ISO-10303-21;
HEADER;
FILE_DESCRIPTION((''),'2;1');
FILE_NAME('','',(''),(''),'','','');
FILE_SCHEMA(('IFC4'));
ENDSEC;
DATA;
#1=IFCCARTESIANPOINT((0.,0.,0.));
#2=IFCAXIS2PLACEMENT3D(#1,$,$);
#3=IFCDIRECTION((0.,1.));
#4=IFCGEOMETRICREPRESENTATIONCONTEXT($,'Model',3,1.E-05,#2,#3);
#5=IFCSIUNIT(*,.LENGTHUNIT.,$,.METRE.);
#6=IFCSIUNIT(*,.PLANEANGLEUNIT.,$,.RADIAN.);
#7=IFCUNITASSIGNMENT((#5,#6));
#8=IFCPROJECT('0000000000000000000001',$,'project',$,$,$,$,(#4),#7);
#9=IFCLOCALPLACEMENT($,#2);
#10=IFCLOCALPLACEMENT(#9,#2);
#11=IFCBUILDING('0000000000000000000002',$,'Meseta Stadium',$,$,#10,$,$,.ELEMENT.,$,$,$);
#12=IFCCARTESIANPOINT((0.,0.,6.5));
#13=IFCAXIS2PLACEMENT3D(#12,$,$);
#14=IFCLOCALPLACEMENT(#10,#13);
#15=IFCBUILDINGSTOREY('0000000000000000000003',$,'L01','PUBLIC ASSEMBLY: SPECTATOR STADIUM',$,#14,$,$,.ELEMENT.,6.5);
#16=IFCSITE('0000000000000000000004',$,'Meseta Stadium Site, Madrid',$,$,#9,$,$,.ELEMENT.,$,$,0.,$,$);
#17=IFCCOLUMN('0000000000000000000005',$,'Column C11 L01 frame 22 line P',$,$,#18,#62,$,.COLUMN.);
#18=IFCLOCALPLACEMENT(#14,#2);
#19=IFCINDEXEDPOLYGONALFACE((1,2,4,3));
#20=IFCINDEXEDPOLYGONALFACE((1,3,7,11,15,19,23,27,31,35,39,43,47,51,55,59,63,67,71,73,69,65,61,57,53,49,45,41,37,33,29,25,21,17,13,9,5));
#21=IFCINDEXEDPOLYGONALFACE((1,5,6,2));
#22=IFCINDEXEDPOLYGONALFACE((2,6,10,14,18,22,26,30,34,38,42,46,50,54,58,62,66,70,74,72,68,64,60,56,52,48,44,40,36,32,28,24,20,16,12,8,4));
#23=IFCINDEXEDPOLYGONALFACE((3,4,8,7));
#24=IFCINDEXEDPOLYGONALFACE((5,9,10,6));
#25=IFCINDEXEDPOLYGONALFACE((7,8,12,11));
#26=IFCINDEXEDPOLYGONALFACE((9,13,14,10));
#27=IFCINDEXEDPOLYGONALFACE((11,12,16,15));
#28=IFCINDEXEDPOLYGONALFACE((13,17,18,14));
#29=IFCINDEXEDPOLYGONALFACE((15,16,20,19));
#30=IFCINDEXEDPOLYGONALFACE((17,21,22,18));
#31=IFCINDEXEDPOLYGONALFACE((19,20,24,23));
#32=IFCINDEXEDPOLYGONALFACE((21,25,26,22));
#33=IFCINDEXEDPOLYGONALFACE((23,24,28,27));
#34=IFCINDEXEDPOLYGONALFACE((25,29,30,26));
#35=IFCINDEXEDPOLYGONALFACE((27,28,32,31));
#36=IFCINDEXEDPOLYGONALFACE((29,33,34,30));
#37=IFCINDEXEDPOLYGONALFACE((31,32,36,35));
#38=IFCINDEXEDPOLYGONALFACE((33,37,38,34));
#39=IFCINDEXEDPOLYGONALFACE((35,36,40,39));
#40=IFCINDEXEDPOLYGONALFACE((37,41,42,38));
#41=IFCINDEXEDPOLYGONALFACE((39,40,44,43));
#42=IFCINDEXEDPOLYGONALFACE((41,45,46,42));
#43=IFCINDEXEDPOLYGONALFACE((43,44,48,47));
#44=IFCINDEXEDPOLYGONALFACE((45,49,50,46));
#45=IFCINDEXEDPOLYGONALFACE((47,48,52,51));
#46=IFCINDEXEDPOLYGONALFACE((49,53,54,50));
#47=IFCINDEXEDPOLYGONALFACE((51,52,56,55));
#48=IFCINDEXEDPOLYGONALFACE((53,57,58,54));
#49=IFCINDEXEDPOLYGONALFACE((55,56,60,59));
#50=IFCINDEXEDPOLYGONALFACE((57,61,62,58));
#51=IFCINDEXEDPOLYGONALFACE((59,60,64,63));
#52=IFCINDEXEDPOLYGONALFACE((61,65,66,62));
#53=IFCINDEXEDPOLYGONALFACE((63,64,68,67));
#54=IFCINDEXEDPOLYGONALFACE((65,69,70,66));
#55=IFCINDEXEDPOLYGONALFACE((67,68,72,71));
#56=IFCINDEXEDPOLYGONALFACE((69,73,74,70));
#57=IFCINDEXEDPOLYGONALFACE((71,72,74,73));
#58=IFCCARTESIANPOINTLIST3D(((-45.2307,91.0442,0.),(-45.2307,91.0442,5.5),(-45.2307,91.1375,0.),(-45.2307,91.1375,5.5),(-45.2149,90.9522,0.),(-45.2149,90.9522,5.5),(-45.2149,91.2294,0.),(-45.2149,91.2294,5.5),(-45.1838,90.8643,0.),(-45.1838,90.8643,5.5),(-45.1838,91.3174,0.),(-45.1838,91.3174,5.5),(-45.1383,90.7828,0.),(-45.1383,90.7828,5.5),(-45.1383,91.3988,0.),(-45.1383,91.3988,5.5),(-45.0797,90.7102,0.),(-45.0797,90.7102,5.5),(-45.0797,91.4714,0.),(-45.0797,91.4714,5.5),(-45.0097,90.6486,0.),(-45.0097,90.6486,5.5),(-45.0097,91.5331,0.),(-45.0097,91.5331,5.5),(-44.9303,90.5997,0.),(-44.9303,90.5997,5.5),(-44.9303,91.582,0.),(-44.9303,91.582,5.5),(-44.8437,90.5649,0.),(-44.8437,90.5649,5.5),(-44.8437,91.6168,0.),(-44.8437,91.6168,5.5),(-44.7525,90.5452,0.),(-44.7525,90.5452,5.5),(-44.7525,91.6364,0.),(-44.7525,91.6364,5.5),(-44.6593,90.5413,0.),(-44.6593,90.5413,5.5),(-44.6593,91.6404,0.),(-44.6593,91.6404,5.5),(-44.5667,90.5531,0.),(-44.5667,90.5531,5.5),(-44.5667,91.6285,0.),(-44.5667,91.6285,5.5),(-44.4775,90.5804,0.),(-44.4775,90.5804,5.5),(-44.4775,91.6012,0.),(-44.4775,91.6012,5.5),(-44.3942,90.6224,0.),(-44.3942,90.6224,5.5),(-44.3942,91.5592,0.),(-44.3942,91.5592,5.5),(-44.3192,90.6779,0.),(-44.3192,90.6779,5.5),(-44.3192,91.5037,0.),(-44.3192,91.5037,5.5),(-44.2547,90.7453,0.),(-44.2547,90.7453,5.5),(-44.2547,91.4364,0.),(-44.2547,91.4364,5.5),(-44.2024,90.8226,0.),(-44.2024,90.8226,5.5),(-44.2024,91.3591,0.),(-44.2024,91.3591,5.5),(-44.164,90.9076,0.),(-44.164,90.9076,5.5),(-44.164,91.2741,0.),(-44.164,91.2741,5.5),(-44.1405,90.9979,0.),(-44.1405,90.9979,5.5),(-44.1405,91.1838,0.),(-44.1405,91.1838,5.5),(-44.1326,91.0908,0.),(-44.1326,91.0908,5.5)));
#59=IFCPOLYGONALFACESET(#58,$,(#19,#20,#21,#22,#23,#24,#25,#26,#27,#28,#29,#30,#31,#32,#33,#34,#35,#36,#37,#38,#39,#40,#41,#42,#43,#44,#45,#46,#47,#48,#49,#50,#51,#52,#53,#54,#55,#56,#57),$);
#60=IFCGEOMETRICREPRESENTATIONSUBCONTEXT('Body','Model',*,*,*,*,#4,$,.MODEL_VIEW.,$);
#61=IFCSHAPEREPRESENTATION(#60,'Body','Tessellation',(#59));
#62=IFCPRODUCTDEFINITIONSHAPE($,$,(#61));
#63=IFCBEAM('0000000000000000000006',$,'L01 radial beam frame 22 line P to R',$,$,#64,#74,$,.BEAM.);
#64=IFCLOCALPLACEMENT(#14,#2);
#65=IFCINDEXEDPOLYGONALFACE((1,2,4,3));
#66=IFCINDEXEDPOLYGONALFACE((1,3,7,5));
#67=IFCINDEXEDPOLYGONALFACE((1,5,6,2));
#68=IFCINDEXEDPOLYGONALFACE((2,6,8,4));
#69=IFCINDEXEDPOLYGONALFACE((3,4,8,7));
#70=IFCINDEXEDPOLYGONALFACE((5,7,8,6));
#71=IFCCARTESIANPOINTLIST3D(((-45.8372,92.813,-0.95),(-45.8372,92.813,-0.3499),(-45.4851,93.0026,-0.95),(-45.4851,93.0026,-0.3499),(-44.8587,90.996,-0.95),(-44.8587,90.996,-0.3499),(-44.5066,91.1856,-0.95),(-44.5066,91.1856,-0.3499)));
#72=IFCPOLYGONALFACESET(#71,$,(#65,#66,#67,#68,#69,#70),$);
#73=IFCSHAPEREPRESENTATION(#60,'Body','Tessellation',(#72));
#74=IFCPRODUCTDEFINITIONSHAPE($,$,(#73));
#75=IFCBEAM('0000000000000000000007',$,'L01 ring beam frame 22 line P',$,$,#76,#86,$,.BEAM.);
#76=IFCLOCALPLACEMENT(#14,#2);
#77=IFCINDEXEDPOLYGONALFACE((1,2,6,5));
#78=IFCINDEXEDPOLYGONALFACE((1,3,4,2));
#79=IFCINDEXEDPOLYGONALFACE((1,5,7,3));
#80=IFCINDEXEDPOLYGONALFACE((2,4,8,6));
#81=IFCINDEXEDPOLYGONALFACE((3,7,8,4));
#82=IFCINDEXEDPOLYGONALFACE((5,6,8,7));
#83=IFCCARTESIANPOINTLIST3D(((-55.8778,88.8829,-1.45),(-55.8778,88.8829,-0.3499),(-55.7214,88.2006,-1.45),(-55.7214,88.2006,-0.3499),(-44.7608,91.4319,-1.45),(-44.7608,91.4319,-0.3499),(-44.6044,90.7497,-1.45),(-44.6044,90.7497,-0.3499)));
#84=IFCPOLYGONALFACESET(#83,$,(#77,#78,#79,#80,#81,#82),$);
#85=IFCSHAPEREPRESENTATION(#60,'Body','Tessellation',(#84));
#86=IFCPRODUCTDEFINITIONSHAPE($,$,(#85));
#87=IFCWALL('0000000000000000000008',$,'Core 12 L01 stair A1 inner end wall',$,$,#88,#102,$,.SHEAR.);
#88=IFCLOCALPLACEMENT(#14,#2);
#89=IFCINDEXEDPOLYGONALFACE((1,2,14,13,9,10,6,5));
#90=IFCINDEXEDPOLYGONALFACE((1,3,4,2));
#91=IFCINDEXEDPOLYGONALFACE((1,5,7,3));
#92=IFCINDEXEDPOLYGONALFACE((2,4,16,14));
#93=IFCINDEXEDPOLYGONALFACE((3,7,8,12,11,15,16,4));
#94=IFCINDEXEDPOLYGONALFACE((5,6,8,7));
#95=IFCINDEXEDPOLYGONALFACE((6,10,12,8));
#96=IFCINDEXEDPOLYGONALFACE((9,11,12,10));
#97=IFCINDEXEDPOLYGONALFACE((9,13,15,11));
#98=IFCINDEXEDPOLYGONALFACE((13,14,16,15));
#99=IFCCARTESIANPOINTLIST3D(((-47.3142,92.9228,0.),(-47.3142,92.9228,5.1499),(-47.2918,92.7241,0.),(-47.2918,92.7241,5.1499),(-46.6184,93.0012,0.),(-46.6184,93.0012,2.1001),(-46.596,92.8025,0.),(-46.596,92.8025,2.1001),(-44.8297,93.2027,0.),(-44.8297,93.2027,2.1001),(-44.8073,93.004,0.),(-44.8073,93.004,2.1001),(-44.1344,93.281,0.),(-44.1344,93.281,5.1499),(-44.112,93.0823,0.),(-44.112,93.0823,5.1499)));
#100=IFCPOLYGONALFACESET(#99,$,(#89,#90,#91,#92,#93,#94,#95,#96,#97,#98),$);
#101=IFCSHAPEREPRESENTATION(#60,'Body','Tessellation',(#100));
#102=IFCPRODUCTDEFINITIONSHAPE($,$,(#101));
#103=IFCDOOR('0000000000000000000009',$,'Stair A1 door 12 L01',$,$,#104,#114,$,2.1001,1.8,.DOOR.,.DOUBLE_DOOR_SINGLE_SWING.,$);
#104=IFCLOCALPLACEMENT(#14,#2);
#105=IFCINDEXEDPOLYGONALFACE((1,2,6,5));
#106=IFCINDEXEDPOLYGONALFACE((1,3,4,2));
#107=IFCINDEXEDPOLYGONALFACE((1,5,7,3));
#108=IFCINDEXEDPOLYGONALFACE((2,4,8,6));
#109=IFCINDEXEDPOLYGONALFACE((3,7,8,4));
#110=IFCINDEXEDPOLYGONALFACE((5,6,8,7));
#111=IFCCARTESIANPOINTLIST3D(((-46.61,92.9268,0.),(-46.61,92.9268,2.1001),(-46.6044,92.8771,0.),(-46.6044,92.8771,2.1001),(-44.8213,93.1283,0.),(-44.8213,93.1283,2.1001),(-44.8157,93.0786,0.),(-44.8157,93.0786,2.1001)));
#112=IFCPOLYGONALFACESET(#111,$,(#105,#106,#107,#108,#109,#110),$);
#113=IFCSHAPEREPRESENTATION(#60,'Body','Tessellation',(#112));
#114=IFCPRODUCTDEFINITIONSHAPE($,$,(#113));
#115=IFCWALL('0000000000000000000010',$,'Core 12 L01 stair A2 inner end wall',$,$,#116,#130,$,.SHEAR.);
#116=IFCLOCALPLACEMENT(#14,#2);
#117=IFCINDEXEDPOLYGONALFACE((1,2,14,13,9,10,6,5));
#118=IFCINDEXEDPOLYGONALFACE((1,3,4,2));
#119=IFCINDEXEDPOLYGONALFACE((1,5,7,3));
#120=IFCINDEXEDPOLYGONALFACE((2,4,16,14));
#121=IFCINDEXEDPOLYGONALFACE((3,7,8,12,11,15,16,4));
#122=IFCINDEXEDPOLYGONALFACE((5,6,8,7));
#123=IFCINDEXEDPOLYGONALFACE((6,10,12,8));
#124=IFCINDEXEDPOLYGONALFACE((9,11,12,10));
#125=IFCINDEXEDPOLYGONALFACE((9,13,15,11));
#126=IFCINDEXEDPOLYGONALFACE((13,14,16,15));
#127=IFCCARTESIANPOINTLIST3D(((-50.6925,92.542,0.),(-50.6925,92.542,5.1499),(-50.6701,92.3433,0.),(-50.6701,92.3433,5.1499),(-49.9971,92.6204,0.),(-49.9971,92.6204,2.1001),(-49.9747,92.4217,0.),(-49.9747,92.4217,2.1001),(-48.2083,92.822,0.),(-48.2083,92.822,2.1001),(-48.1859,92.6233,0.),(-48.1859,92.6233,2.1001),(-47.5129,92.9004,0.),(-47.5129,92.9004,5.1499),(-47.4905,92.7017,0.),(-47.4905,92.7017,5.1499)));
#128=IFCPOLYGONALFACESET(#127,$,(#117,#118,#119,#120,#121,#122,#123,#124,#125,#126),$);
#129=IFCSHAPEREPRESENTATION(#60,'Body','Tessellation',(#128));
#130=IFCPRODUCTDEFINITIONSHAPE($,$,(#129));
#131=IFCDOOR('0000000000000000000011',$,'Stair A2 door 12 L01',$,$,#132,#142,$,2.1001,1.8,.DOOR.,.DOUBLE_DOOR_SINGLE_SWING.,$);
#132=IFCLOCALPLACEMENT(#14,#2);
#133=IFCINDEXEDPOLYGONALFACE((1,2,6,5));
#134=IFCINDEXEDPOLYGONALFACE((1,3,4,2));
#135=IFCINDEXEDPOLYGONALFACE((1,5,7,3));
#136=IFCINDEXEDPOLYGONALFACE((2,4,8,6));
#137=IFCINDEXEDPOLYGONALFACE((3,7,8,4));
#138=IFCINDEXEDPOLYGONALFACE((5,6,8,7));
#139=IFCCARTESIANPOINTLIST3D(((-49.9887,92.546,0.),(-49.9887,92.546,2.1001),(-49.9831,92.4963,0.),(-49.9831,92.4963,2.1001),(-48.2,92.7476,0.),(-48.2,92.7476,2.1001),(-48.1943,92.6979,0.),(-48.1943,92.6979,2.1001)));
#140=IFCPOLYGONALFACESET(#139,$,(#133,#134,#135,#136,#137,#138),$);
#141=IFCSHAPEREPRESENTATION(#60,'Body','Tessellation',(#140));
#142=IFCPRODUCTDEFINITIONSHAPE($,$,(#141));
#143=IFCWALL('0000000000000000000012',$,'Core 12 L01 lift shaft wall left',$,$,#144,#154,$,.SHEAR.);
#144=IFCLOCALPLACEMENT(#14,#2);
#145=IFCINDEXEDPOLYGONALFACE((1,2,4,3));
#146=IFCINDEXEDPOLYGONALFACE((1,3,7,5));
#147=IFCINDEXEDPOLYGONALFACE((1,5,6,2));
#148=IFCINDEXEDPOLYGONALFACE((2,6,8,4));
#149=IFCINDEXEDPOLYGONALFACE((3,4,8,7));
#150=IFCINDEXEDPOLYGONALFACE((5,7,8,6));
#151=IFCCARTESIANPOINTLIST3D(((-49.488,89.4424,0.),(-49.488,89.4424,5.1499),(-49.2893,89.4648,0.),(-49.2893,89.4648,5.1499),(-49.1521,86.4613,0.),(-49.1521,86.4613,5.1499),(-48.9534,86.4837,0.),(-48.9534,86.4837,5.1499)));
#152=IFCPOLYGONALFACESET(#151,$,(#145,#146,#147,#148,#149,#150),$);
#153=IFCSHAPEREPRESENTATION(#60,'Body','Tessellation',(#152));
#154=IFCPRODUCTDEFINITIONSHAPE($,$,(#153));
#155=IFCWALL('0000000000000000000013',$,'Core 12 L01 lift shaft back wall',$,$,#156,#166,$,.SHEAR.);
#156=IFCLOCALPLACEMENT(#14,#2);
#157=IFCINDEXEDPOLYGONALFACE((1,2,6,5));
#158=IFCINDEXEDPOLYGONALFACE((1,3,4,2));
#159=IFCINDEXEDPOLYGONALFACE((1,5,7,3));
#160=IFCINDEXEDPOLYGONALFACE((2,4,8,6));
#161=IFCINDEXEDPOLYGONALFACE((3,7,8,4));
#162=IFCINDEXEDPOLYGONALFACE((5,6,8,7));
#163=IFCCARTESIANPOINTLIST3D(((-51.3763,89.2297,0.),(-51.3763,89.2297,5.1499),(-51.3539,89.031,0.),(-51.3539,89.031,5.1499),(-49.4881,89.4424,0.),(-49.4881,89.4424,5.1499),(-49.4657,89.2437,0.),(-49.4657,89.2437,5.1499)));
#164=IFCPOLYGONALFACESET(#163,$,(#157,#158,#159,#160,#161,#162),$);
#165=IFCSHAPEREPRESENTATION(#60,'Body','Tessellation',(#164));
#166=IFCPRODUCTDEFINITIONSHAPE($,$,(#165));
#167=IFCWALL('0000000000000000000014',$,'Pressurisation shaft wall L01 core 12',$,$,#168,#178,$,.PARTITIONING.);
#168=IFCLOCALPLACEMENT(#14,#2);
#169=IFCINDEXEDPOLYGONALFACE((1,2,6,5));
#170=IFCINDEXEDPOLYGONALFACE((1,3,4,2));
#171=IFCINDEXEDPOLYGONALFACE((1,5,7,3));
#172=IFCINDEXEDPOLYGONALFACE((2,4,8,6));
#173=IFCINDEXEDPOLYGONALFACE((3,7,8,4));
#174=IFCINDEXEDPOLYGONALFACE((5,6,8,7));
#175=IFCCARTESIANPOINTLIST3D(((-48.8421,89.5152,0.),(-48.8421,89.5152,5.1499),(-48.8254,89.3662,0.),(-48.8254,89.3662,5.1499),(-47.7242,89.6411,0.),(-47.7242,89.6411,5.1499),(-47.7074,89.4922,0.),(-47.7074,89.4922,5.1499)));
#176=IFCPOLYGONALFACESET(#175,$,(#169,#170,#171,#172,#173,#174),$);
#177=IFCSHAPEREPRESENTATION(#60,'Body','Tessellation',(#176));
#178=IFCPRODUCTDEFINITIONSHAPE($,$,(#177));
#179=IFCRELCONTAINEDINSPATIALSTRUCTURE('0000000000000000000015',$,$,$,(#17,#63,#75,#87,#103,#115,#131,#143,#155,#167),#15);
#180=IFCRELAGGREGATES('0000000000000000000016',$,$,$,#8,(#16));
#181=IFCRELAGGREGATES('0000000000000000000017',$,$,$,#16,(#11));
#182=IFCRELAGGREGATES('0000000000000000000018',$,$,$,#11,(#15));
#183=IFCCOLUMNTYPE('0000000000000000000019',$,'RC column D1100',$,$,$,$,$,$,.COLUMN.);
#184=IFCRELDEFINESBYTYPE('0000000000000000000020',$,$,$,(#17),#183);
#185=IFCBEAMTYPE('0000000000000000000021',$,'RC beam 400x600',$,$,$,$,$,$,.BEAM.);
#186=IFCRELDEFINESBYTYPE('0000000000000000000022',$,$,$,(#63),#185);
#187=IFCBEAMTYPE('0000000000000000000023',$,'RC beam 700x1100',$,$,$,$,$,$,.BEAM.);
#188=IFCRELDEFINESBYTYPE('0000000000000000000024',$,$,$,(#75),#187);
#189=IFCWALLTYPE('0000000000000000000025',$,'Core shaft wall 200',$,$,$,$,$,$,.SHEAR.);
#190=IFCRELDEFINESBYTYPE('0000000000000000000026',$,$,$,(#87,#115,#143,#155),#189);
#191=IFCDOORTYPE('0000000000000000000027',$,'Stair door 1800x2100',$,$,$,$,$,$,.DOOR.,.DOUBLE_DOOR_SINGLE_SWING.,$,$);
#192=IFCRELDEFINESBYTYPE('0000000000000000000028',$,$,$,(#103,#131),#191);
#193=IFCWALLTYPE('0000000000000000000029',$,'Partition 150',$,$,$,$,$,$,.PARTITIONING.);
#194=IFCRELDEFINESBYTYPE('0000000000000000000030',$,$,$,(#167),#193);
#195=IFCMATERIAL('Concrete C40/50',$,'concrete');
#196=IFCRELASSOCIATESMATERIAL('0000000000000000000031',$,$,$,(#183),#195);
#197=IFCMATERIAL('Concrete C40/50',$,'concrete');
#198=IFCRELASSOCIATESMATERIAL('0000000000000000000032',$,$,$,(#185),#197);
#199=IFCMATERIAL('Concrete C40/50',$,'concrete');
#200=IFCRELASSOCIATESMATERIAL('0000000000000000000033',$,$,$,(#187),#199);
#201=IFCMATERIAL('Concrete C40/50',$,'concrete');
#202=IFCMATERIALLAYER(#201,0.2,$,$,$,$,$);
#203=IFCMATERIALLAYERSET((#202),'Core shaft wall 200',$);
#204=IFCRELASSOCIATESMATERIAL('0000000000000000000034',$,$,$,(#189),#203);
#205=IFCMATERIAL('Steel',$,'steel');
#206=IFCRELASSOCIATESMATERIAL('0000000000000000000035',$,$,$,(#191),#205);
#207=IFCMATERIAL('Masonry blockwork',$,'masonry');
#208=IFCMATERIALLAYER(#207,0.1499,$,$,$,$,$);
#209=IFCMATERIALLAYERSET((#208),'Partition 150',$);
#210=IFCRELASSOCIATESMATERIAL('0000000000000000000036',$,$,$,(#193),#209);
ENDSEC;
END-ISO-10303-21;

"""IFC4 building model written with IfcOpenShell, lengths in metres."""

from ifc_helpers import new_model, si_unit, direction, frame, frame_2d, origin, origin_2d, place, context, subcontext, project, spatial, rectangle, circle, extrude, material, layer, layer_set, material_profile, profile_set, type_object, element, fill, save


model = new_model("IFC4")

# Units and contexts
model_context = context("Model", 3, precision=1e-05, world=origin(), true_north=direction((0.0, 1.0)))
body_context = subcontext(model_context, "Body", "Model", "MODEL_VIEW")
ifc_project = project(units=[si_unit("LENGTHUNIT", "METRE"), si_unit("PLANEANGLEUNIT", "RADIAN")], contexts=[model_context])

# Site, building, storey
site_placement = place(None, origin())
site = spatial("IfcSite", under=ifc_project, at=site_placement, Name="Meseta Stadium Site, Madrid", CompositionType="ELEMENT", RefElevation=0.0)
building_placement = place(site_placement, origin())
building = spatial("IfcBuilding", under=site, at=building_placement, Name="Meseta Stadium", CompositionType="ELEMENT")
storey_placement = place(building_placement, frame((0.0, 0.0, 6.5)))
storey = spatial("IfcBuildingStorey", under=building, at=storey_placement, Name="L01", Description="PUBLIC ASSEMBLY: SPECTATOR STADIUM", CompositionType="ELEMENT", Elevation=6.5)

# Column
ifc_material_1 = material(Name="Concrete C40/50", Category="concrete")
ifc_material_profile_1 = material_profile(ifc_material_1, circle(Radius=0.55, at=origin_2d()), Name="RC D1100")
ifc_profile_set_1 = profile_set([ifc_material_profile_1], Name="Concrete C40/50")
column_type = type_object("IfcColumnType", Name="RC column D1100", PredefinedType="COLUMN", material=ifc_profile_set_1)
column_placement = place(storey_placement, frame((-44.6826, 91.0908, 0.0), z_axis=(0.0, 0.0, 1.0), x_axis=(1.0, 0.0, 0.0)))
element("IfcColumn", 1, at=column_placement, inside=storey, type_object=column_type, Name="Column C11 L01 frame 22 line P", PredefinedType="COLUMN", context=body_context, shape_type="SweptSolid", body=[
    extrude(circle(Radius=0.55, at=origin_2d()), origin(), (0.0, 0.0, 1.0), 5.5),
])

# Beams
ifc_material_2 = material(Name="Concrete C40/50", Category="concrete")
ifc_material_profile_2 = material_profile(ifc_material_2, rectangle(XDim=0.3999, YDim=0.6001, at=origin_2d()), Name="RC 400x600")
ifc_profile_set_2 = profile_set([ifc_material_profile_2], Name="Concrete C40/50")
beam_type_1 = type_object("IfcBeamType", Name="RC beam 400x600", PredefinedType="BEAM", material=ifc_profile_set_2)
beam_1_placement = place(storey_placement, frame((-44.6826, 91.0908, -0.6499), z_axis=(-0.47417, 0.880433, 0.0), x_axis=(-0.880433, -0.47417, 0.0)))
element("IfcBeam", 2, at=beam_1_placement, inside=storey, type_object=beam_type_1, Name="L01 radial beam frame 22 line P to R", PredefinedType="BEAM", context=body_context, shape_type="SweptSolid", body=[
    extrude(rectangle(XDim=0.3999, YDim=0.6001, at=origin_2d()), origin(), (0.0, 0.0, 1.0), 2.0637),
])
ifc_material_3 = material(Name="Concrete C40/50", Category="concrete")
ifc_material_profile_3 = material_profile(ifc_material_3, rectangle(XDim=0.7, YDim=1.1001, at=origin_2d()), Name="RC 700x1100")
ifc_profile_set_3 = profile_set([ifc_material_profile_3], Name="Concrete C40/50")
beam_type_2 = type_object("IfcBeamType", Name="RC beam 700x1100", PredefinedType="BEAM", material=ifc_profile_set_3)
beam_2_placement = place(storey_placement, frame((-44.6826, 91.0908, -0.8999), z_axis=(-0.974705, -0.223496, 0.0), x_axis=(0.223496, -0.974705, 0.0)))
element("IfcBeam", 3, at=beam_2_placement, inside=storey, type_object=beam_type_2, Name="L01 ring beam frame 22 line P", PredefinedType="BEAM", context=body_context, shape_type="SweptSolid", body=[
    extrude(rectangle(XDim=0.7, YDim=1.1001, at=origin_2d()), origin(), (0.0, 0.0, 1.0), 11.4055),
])

# Walls, openings, doors
ifc_material_4 = material(Name="Concrete C40/50", Category="concrete")
ifc_layer_1 = layer(ifc_material_4, 0.2)
ifc_layer_set_1 = layer_set([ifc_layer_1], Name="Core shaft wall 200")
wall_type_1 = type_object("IfcWallType", Name="Core shaft wall 200", PredefinedType="SHEAR", material=ifc_layer_set_1)
wall_1_placement = place(storey_placement, frame((-44.123, 93.1816, 0.0), z_axis=(0.0, 0.0, 1.0), x_axis=(-0.993717, -0.111922, 0.0)))
wall_1 = element("IfcWall", 4, at=wall_1_placement, inside=storey, type_object=wall_type_1, Name="Core 12 L01 stair A1 inner end wall", PredefinedType="SHEAR", context=body_context, shape_type="SweptSolid", body=[
    extrude(rectangle(XDim=3.2, YDim=0.2, at=frame_2d((1.6001, 0.0))), origin(), (0.0, 0.0, 1.0), 5.1499),
])
opening_1_placement = place(wall_1_placement, frame((0.7, 0.0, 0.0)))
opening_1 = element("IfcOpeningElement", 5, at=opening_1_placement, cuts=wall_1, PredefinedType="OPENING", context=body_context, shape_type="SweptSolid", body=[
    extrude(rectangle(XDim=1.8, YDim=2.1001, at=frame_2d((0.8999, 1.05))), frame((0.0, 0.1099, 0.0), z_axis=(0.0, -1.0, 0.0), x_axis=(1.0, 0.0, 0.0)), (0.0, 0.0, 1.0), 0.22),
])
ifc_material_5 = material(Name="Steel", Category="steel")
door_type_1 = type_object("IfcDoorType", Name="Stair door 1800x2100", OperationType="DOUBLE_DOOR_SINGLE_SWING", PredefinedType="DOOR", material=ifc_material_5)
door_1_placement = place(opening_1_placement, origin())
door_1 = element("IfcDoor", 6, at=door_1_placement, inside=storey, type_object=door_type_1, Name="Stair A1 door 12 L01", OperationType="DOUBLE_DOOR_SINGLE_SWING", OverallHeight=2.1001, OverallWidth=1.8, PredefinedType="DOOR", context=body_context, shape_type="SweptSolid", body=[
    extrude(rectangle(XDim=1.8, YDim=2.1001, at=frame_2d((0.8999, 1.05))), frame((0.0, 0.0249, 0.0), z_axis=(0.0, -1.0, 0.0), x_axis=(1.0, 0.0, 0.0)), (0.0, 0.0, 1.0), 0.05),
])
fill(opening_1, door_1)
wall_2_placement = place(storey_placement, frame((-47.5017, 92.801, 0.0), z_axis=(0.0, 0.0, 1.0), x_axis=(-0.993708, -0.112006, 0.0)))
wall_2 = element("IfcWall", 7, at=wall_2_placement, inside=storey, type_object=wall_type_1, Name="Core 12 L01 stair A2 inner end wall", PredefinedType="SHEAR", context=body_context, shape_type="SweptSolid", body=[
    extrude(rectangle(XDim=3.1997, YDim=0.2, at=frame_2d((1.5999, 0.0))), origin(), (0.0, 0.0, 1.0), 5.1499),
])
opening_2_placement = place(wall_2_placement, frame((0.7, 0.0, 0.0)))
opening_2 = element("IfcOpeningElement", 8, at=opening_2_placement, cuts=wall_2, PredefinedType="OPENING", context=body_context, shape_type="SweptSolid", body=[
    extrude(rectangle(XDim=1.8, YDim=2.1001, at=frame_2d((0.8999, 1.05))), frame((0.0, 0.1099, 0.0), z_axis=(0.0, -1.0, 0.0), x_axis=(1.0, 0.0, 0.0)), (0.0, 0.0, 1.0), 0.22),
])
door_2_placement = place(opening_2_placement, origin())
door_2 = element("IfcDoor", 9, at=door_2_placement, inside=storey, type_object=door_type_1, Name="Stair A2 door 12 L01", OperationType="DOUBLE_DOOR_SINGLE_SWING", OverallHeight=2.1001, OverallWidth=1.8, PredefinedType="DOOR", context=body_context, shape_type="SweptSolid", body=[
    extrude(rectangle(XDim=1.8, YDim=2.1001, at=frame_2d((0.8999, 1.05))), frame((0.0, 0.0249, 0.0), z_axis=(0.0, -1.0, 0.0), x_axis=(1.0, 0.0, 0.0)), (0.0, 0.0, 1.0), 0.05),
])
fill(opening_2, door_2)

# Walls
wall_3_placement = place(storey_placement, frame((-49.3887, 89.4536, 0.0), z_axis=(0.0, 0.0, 1.0), x_axis=(0.111977, -0.993711, 0.0)))
element("IfcWall", 10, at=wall_3_placement, inside=storey, type_object=wall_type_1, Name="Core 12 L01 lift shaft wall left", PredefinedType="SHEAR", context=body_context, shape_type="SweptSolid", body=[
    extrude(rectangle(XDim=3.0, YDim=0.2, at=frame_2d((1.5, 0.0))), origin(), (0.0, 0.0, 1.0), 5.1499),
])
wall_4_placement = place(storey_placement, frame((-49.4768, 89.343, 0.0), z_axis=(0.0, 0.0, 1.0), x_axis=(-0.993718, -0.111912, 0.0)))
element("IfcWall", 11, at=wall_4_placement, inside=storey, type_object=wall_type_1, Name="Core 12 L01 lift shaft back wall", PredefinedType="SHEAR", context=body_context, shape_type="SweptSolid", body=[
    extrude(rectangle(XDim=1.9001, YDim=0.2, at=frame_2d((0.9502, 0.0))), origin(), (0.0, 0.0, 1.0), 5.1499),
])
ifc_material_6 = material(Name="Masonry blockwork", Category="masonry")
ifc_layer_2 = layer(ifc_material_6, 0.1499)
ifc_layer_set_2 = layer_set([ifc_layer_2], Name="Partition 150")
wall_type_2 = type_object("IfcWallType", Name="Partition 150", PredefinedType="PARTITIONING", material=ifc_layer_set_2)
wall_5_placement = place(storey_placement, frame((-47.7158, 89.5667, 0.0), z_axis=(0.0, 0.0, 1.0), x_axis=(-0.993711, -0.11198, 0.0)))
element("IfcWall", 12, at=wall_5_placement, inside=storey, type_object=wall_type_2, Name="Pressurisation shaft wall L01 core 12", PredefinedType="PARTITIONING", context=body_context, shape_type="SweptSolid", body=[
    extrude(rectangle(XDim=1.125, YDim=0.1499, at=frame_2d((0.5625, 0.0))), origin(), (0.0, 0.0, 1.0), 5.1499),
])

save(model, "model.ifc")
